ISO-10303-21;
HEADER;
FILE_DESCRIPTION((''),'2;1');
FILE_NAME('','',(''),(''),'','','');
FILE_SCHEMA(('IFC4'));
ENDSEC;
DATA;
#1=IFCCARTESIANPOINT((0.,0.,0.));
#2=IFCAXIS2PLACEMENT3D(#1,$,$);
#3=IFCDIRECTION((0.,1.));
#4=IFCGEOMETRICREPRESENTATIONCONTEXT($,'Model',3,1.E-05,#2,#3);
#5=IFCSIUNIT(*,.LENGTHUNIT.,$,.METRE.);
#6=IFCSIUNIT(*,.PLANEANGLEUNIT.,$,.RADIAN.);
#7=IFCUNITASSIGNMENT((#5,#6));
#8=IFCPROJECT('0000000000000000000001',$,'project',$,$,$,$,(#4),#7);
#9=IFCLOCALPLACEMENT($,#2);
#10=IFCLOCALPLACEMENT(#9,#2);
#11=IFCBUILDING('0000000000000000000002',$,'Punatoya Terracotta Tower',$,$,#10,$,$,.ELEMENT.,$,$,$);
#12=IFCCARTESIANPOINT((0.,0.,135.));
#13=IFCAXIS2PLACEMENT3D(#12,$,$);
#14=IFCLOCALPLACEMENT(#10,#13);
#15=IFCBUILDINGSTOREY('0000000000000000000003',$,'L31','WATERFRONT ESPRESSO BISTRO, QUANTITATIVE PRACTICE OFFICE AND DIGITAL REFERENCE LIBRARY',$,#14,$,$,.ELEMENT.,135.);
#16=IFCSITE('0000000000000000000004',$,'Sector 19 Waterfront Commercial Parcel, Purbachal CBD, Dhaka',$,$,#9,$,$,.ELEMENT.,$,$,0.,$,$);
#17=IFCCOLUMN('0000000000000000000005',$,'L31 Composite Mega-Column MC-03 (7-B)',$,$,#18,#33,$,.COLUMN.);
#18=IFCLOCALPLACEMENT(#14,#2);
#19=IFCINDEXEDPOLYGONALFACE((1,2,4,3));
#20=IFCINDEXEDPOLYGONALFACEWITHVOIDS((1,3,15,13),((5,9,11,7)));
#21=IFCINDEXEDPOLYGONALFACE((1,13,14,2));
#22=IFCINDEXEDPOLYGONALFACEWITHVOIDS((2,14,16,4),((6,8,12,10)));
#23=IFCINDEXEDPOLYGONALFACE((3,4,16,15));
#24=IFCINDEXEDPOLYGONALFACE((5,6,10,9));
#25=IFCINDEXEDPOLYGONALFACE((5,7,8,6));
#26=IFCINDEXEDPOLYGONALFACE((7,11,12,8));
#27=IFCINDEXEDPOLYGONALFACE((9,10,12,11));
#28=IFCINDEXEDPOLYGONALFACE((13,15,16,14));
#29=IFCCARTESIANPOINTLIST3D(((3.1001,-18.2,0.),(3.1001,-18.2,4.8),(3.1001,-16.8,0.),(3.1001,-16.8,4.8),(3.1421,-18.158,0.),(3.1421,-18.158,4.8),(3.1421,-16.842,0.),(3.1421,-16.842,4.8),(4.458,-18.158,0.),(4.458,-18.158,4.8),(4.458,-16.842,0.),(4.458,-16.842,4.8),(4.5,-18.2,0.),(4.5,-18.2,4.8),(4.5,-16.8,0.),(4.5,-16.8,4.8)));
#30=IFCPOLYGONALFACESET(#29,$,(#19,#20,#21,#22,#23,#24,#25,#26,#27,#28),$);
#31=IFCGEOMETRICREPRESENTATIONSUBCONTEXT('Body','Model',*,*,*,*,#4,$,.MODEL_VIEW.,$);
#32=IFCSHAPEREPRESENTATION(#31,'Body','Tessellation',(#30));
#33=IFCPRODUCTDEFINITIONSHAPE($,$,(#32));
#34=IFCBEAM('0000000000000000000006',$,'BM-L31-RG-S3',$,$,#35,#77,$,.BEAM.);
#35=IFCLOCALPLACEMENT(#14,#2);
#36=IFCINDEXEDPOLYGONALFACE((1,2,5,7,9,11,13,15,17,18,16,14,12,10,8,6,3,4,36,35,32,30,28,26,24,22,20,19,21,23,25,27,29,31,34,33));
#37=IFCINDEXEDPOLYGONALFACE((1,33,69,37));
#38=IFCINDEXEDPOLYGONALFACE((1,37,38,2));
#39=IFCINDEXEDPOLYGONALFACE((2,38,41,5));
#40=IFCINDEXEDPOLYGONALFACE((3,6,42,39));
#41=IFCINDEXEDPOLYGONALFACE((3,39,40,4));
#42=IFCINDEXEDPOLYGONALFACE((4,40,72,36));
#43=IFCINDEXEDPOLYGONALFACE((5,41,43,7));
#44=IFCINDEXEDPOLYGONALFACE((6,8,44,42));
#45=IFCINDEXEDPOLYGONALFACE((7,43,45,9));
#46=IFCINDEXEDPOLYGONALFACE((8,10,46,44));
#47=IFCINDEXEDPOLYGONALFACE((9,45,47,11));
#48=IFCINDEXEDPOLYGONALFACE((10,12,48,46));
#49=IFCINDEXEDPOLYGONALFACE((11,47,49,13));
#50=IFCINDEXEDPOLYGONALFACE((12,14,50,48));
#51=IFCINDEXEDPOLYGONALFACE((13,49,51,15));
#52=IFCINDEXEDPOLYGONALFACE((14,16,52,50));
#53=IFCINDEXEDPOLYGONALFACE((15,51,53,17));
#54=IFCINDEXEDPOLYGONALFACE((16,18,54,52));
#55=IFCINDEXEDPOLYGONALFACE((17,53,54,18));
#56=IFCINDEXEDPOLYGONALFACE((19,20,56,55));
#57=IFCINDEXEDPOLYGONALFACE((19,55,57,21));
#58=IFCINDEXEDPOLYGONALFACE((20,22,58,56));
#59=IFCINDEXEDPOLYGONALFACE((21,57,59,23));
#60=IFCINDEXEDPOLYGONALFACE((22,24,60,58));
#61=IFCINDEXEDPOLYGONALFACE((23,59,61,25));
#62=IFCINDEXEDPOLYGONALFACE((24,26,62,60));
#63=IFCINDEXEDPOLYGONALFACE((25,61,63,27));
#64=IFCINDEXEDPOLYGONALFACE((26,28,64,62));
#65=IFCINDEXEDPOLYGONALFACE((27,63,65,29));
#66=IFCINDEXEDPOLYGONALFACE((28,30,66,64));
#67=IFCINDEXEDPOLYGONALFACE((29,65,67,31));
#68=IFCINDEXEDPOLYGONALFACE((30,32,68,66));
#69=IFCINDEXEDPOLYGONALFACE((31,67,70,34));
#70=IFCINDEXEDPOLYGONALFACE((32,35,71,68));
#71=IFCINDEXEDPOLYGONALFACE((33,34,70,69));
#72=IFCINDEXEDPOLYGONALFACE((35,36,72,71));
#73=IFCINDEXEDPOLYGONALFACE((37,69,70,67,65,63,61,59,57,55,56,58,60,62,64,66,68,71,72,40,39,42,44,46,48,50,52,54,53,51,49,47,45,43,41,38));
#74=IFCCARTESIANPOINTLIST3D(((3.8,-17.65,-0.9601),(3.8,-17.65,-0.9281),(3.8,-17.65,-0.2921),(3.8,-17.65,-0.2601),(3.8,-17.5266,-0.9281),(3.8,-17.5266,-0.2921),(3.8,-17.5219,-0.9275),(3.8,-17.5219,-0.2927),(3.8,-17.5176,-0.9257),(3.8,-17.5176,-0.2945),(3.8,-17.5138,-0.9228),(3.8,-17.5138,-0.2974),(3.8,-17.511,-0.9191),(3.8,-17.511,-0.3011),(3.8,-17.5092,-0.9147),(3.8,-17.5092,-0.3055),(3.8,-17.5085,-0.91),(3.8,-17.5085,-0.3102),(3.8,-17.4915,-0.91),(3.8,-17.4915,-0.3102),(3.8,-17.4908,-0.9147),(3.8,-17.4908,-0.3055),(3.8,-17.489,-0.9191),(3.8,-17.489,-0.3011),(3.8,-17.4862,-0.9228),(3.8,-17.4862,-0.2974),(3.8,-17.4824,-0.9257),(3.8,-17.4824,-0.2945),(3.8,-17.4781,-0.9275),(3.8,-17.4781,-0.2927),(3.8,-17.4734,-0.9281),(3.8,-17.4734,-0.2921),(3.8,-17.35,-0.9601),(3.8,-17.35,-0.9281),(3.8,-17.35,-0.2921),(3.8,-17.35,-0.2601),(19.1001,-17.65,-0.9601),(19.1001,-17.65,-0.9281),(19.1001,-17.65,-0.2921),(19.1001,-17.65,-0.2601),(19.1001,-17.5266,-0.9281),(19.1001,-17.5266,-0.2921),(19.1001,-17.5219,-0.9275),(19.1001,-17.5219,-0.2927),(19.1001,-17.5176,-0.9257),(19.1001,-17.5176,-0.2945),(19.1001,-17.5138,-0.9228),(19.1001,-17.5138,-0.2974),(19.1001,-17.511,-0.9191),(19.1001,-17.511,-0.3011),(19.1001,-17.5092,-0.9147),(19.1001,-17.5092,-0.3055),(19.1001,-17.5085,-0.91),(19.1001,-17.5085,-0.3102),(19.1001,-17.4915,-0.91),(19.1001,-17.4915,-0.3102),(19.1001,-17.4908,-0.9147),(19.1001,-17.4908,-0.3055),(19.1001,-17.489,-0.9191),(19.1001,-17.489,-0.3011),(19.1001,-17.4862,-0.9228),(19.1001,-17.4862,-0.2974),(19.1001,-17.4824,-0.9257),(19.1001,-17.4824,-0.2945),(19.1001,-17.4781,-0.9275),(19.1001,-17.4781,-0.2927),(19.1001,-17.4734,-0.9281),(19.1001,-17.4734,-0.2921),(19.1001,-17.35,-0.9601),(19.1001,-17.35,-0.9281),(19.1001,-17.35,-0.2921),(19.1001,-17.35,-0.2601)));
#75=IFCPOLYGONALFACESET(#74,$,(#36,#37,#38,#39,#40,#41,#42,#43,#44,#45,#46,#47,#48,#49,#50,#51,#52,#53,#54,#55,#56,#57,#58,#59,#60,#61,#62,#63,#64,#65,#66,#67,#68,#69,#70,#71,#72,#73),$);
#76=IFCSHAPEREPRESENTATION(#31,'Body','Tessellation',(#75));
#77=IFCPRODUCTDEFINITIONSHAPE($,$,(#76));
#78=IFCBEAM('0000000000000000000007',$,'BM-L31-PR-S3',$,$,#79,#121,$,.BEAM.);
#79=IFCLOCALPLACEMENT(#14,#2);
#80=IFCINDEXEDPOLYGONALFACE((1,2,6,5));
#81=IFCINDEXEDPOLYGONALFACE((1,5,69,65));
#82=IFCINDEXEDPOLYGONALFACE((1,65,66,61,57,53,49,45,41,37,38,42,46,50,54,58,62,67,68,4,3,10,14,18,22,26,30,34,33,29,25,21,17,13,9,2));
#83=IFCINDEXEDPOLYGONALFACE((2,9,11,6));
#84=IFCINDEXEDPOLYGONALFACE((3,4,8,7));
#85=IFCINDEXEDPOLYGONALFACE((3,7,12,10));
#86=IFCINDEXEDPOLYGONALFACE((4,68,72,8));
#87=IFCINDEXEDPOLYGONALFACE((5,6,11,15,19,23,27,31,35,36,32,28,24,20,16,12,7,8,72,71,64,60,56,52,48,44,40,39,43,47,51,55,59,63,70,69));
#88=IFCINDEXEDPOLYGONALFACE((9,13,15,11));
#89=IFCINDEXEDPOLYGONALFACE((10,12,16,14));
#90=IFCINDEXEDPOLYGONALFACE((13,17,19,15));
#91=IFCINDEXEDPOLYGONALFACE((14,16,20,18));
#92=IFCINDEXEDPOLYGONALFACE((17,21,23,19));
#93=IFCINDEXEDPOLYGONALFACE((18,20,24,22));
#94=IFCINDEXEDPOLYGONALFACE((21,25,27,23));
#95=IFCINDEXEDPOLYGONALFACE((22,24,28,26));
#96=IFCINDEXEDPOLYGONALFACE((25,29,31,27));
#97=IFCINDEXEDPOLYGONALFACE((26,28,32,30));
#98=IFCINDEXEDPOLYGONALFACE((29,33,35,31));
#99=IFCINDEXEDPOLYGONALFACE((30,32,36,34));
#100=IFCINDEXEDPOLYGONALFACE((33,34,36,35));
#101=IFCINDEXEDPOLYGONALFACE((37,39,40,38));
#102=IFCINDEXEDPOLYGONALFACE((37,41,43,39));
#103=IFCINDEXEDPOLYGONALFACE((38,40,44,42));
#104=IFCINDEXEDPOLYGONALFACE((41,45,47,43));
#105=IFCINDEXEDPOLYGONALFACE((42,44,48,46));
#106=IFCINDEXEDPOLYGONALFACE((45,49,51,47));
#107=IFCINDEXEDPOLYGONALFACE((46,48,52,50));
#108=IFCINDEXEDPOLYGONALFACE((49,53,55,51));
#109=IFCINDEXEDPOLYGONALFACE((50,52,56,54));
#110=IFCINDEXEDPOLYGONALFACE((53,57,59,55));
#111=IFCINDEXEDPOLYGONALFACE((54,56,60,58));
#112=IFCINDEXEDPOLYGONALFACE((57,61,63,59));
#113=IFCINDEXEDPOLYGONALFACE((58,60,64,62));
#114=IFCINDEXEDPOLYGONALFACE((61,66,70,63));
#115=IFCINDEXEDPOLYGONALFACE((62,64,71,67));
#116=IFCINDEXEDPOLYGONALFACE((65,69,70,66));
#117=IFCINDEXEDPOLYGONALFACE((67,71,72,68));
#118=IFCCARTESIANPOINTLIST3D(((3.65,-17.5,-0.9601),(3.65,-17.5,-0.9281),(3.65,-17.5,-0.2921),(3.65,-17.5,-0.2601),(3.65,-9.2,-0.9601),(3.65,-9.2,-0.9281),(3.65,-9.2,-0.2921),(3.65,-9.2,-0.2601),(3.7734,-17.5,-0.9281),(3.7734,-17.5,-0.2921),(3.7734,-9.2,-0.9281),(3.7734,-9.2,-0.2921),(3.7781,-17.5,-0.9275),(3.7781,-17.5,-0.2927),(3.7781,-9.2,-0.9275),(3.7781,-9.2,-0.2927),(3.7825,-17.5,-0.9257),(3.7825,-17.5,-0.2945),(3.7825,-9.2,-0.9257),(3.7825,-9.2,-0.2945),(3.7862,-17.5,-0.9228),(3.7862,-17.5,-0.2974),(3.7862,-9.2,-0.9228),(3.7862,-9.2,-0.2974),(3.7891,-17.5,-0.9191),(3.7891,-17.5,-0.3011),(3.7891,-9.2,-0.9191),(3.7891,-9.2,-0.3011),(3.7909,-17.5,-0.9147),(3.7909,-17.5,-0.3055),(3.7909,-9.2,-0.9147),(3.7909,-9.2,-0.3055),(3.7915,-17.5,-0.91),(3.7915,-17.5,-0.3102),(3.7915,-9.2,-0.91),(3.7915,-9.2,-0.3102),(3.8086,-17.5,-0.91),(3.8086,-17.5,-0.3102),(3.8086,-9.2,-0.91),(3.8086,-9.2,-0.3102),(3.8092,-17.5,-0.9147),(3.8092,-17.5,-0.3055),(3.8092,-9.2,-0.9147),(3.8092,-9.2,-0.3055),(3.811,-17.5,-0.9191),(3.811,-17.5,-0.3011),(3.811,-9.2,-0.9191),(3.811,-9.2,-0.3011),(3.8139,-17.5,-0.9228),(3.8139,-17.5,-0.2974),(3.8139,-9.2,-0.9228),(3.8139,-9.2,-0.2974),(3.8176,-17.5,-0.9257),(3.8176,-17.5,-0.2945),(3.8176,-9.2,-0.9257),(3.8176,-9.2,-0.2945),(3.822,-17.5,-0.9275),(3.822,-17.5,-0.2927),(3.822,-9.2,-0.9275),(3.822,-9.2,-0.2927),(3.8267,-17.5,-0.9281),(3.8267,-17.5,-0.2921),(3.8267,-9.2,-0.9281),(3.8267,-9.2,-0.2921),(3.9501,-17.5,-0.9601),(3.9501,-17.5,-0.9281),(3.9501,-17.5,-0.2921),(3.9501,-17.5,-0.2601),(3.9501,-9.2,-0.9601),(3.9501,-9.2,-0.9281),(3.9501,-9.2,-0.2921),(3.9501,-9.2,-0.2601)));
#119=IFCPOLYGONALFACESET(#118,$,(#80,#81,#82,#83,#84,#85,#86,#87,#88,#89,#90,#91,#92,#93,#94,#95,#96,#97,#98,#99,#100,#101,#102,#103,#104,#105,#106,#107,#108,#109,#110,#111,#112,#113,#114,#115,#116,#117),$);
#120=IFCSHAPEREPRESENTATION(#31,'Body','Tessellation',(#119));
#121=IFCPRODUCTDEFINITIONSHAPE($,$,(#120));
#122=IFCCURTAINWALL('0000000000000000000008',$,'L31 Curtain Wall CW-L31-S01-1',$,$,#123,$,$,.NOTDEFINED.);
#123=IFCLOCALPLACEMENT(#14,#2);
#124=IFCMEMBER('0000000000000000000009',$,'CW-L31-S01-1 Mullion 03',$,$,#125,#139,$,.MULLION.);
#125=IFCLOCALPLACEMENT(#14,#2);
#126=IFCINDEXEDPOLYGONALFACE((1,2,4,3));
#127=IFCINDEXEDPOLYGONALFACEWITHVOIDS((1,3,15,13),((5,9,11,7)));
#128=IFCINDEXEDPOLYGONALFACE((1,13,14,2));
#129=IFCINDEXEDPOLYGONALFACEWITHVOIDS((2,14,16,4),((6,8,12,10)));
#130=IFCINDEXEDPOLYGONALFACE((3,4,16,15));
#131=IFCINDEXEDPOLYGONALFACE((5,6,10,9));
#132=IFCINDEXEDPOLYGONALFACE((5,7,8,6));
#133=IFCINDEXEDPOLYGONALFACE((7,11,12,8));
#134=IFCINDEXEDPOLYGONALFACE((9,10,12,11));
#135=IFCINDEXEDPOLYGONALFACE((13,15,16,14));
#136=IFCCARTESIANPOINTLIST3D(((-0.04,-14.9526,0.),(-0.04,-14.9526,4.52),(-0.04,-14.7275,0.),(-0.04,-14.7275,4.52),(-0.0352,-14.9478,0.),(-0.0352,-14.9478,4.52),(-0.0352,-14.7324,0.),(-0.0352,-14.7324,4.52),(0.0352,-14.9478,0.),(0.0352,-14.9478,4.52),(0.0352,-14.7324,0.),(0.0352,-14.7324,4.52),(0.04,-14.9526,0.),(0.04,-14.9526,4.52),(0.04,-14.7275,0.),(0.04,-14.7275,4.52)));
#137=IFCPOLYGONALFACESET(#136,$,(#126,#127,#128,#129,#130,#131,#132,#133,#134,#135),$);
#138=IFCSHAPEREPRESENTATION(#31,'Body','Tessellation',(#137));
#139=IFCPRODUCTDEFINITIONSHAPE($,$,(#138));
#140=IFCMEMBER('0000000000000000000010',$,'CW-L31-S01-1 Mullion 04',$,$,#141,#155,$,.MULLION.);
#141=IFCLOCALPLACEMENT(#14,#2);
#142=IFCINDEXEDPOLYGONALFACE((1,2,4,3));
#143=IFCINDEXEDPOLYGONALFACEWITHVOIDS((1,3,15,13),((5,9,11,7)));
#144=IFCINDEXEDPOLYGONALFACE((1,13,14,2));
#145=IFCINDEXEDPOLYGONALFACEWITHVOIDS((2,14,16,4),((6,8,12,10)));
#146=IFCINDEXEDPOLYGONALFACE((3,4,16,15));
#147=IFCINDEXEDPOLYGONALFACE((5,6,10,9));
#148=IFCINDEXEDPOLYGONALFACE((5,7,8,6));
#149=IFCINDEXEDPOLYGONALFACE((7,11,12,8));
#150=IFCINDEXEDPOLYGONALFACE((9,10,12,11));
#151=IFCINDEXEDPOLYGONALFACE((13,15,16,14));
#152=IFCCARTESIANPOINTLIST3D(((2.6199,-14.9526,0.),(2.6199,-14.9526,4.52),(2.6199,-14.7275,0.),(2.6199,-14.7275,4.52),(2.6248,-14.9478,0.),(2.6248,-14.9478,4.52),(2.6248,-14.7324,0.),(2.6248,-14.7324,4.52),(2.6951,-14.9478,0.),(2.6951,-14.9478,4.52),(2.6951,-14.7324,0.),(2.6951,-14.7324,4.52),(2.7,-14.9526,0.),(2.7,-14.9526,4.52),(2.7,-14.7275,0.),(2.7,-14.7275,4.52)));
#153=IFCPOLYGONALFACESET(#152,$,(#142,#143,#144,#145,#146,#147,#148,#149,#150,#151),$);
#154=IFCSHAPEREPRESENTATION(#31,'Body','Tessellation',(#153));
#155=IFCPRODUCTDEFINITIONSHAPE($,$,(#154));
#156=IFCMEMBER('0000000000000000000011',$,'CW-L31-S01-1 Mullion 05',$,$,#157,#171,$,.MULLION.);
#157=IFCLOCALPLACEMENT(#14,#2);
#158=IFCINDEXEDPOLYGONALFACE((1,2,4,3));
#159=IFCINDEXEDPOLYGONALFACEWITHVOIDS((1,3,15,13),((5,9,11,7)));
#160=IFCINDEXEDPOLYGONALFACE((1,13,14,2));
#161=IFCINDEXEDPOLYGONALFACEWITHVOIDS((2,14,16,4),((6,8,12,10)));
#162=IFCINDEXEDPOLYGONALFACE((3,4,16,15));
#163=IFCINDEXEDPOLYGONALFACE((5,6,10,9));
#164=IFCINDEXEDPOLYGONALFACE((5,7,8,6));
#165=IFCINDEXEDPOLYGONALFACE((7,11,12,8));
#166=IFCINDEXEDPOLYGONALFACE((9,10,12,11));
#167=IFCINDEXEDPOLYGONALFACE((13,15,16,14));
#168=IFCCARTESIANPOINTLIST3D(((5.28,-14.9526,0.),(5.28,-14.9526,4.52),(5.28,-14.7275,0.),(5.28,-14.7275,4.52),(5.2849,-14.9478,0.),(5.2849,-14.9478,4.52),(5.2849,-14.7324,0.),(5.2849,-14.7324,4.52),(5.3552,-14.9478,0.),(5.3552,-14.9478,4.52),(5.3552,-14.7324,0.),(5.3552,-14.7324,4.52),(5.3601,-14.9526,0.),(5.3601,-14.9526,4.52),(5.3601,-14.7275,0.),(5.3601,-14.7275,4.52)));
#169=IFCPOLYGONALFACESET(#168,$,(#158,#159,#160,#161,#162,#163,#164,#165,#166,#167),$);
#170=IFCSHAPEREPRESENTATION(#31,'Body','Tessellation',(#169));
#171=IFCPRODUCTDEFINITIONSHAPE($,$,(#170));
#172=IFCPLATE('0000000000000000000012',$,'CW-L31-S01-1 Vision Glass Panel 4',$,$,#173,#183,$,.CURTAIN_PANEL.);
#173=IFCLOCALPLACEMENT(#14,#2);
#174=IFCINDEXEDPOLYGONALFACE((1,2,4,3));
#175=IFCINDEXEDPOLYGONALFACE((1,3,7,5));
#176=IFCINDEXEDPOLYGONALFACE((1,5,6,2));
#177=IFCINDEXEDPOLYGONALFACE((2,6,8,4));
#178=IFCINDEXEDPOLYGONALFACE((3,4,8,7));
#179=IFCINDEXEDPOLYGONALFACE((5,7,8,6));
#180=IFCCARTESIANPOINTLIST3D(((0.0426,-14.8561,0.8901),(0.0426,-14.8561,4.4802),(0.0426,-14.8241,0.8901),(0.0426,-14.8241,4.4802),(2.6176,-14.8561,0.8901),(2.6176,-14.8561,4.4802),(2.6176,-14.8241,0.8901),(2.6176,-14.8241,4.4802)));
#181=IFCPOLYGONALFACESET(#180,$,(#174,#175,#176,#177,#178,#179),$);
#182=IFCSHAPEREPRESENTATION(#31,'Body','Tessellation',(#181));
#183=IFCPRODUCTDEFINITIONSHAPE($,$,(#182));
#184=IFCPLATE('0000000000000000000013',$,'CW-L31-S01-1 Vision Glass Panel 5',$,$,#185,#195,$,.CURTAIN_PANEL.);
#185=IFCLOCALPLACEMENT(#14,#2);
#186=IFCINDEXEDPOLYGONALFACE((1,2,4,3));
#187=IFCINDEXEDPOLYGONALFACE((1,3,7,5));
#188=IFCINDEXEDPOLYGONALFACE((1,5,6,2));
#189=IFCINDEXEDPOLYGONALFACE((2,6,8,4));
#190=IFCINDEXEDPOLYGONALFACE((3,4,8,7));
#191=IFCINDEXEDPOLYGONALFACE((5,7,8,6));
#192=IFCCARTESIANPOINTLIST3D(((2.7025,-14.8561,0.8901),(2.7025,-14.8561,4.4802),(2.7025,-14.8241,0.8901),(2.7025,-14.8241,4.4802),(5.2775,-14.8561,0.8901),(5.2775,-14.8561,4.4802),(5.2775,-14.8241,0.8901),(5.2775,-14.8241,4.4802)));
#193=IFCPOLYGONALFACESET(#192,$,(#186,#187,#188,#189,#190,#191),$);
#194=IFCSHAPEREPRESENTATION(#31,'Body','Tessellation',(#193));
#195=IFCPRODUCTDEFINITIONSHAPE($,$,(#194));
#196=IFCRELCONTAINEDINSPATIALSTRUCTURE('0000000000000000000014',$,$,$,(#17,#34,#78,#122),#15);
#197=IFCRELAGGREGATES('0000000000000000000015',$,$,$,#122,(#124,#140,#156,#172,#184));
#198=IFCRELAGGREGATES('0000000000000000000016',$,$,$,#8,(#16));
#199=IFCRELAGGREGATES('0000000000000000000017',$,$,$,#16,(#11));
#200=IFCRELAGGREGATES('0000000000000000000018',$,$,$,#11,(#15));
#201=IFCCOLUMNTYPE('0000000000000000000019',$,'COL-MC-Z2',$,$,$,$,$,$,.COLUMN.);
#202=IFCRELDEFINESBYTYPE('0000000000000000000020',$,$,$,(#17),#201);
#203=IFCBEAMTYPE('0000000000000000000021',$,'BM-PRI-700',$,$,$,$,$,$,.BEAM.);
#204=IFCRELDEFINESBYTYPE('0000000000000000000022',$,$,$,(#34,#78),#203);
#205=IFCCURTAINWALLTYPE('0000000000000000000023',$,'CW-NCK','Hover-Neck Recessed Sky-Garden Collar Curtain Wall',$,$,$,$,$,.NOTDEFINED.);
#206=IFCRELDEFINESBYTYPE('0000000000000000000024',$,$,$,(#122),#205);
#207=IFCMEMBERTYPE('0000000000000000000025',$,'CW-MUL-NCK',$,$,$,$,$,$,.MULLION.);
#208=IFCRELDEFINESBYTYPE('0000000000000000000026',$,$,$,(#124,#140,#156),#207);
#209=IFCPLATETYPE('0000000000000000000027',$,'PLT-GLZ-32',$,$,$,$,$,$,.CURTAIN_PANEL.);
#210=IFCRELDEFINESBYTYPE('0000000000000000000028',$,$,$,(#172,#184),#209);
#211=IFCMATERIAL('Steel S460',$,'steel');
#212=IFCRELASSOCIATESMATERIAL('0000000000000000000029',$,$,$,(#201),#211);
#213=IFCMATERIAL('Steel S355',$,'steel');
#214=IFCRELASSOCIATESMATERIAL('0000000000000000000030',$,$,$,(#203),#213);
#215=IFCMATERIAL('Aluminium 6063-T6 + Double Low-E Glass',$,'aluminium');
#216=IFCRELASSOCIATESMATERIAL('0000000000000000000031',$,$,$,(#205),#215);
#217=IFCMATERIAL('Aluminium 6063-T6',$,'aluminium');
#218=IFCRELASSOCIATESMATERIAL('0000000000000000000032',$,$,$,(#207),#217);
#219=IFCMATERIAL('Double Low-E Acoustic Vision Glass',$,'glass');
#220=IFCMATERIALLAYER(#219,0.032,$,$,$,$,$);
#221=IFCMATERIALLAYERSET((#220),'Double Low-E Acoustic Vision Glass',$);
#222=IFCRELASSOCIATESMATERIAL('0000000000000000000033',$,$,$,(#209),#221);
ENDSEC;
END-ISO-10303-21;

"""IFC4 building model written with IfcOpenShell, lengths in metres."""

from ifc_helpers import new_model, si_unit, direction, frame, origin, origin_2d, place, context, subcontext, project, spatial, rectangle, hollow_rectangle, i_section, extrude, material, layer, layer_set, material_profile, profile_set, type_object, element, aggregate, save


model = new_model("IFC4")

# Units and contexts
model_context = context("Model", 3, precision=1e-05, world=origin(), true_north=direction((0.0, 1.0)))
body_context = subcontext(model_context, "Body", "Model", "MODEL_VIEW")
ifc_project = project(units=[si_unit("LENGTHUNIT", "METRE"), si_unit("PLANEANGLEUNIT", "RADIAN")], contexts=[model_context])

# Site, building, storey
site_placement = place(None, origin())
site = spatial("IfcSite", under=ifc_project, at=site_placement, Name="Sector 19 Waterfront Commercial Parcel, Purbachal CBD, Dhaka", CompositionType="ELEMENT", RefElevation=0.0)
building_placement = place(site_placement, origin())
building = spatial("IfcBuilding", under=site, at=building_placement, Name="Punatoya Terracotta Tower", CompositionType="ELEMENT")
storey_placement = place(building_placement, frame((0.0, 0.0, 135.0)))
storey = spatial("IfcBuildingStorey", under=building, at=storey_placement, Name="L31", Description="WATERFRONT ESPRESSO BISTRO, QUANTITATIVE PRACTICE OFFICE AND DIGITAL REFERENCE LIBRARY", CompositionType="ELEMENT", Elevation=135.0)

# Column
ifc_material_1 = material(Name="Steel S460", Category="steel")
ifc_material_profile_1 = material_profile(ifc_material_1, hollow_rectangle(XDim=1.3999, YDim=1.3999, WallThickness=0.042, at=origin_2d()))
ifc_profile_set_1 = profile_set([ifc_material_profile_1], Name="Steel S460")
column_type = type_object("IfcColumnType", Name="COL-MC-Z2", PredefinedType="COLUMN", material=ifc_profile_set_1)
column_placement = place(storey_placement, frame((3.8, -17.5, 0.0), z_axis=(0.0, 0.0, 1.0), x_axis=(1.0, 0.0, 0.0)))
element("IfcColumn", 1, at=column_placement, inside=storey, type_object=column_type, Name="L31 Composite Mega-Column MC-03 (7-B)", PredefinedType="COLUMN", context=body_context, shape_type="SweptSolid", body=[
    extrude(hollow_rectangle(XDim=1.3999, YDim=1.3999, WallThickness=0.042, at=origin_2d()), origin(), (0.0, 0.0, 1.0), 4.8),
])

# Beams
ifc_material_2 = material(Name="Steel S355", Category="steel")
ifc_material_profile_2 = material_profile(ifc_material_2, i_section(OverallWidth=0.3, OverallDepth=0.7, WebThickness=0.0171, FlangeThickness=0.032, FilletRadius=0.0181, at=origin_2d()))
ifc_profile_set_2 = profile_set([ifc_material_profile_2], Name="Steel S355")
beam_type = type_object("IfcBeamType", Name="BM-PRI-700", PredefinedType="BEAM", material=ifc_profile_set_2)
beam_1_placement = place(storey_placement, frame((3.8, -17.5, -0.6101), z_axis=(1.0, 0.0, 0.0), x_axis=(0.0, 1.0, 0.0)))
element("IfcBeam", 2, at=beam_1_placement, inside=storey, type_object=beam_type, Name="BM-L31-RG-S3", PredefinedType="BEAM", context=body_context, shape_type="SweptSolid", body=[
    extrude(i_section(OverallWidth=0.3, OverallDepth=0.7, WebThickness=0.0171, FlangeThickness=0.032, FilletRadius=0.0181, at=origin_2d()), origin(), (0.0, 0.0, 1.0), 15.3),
])
beam_2_placement = place(storey_placement, frame((3.8, -17.5, -0.6101), z_axis=(0.0, 1.0, 0.0), x_axis=(-1.0, 0.0, 0.0)))
element("IfcBeam", 3, at=beam_2_placement, inside=storey, type_object=beam_type, Name="BM-L31-PR-S3", PredefinedType="BEAM", context=body_context, shape_type="SweptSolid", body=[
    extrude(i_section(OverallWidth=0.3, OverallDepth=0.7, WebThickness=0.0171, FlangeThickness=0.032, FilletRadius=0.0181, at=origin_2d()), origin(), (0.0, 0.0, 1.0), 8.3),
])

# Curtain wall, members, plates
ifc_material_3 = material(Name="Aluminium 6063-T6 + Double Low-E Glass", Category="aluminium")
curtain_wall_type = type_object("IfcCurtainWallType", Name="CW-NCK", Description="Hover-Neck Recessed Sky-Garden Collar Curtain Wall", PredefinedType="NOTDEFINED", material=ifc_material_3)
curtain_wall_placement = place(storey_placement, origin())
curtain_wall = element("IfcCurtainWall", 4, at=curtain_wall_placement, inside=storey, type_object=curtain_wall_type, Name="L31 Curtain Wall CW-L31-S01-1", PredefinedType="NOTDEFINED")
ifc_material_4 = material(Name="Aluminium 6063-T6", Category="aluminium")
ifc_material_profile_3 = material_profile(ifc_material_4, hollow_rectangle(XDim=0.0801, YDim=0.2251, WallThickness=0.0049, at=origin_2d()))
ifc_profile_set_3 = profile_set([ifc_material_profile_3], Name="Aluminium 6063-T6")
member_type = type_object("IfcMemberType", Name="CW-MUL-NCK", PredefinedType="MULLION", material=ifc_profile_set_3)
member_1_placement = place(storey_placement, frame((0.0, -14.8401, 0.0), z_axis=(0.0, 0.0, 1.0), x_axis=(1.0, 0.0, 0.0)))
member_1 = element("IfcMember", 5, at=member_1_placement, type_object=member_type, Name="CW-L31-S01-1 Mullion 03", PredefinedType="MULLION", context=body_context, shape_type="SweptSolid", body=[
    extrude(hollow_rectangle(XDim=0.0801, YDim=0.2251, WallThickness=0.0049, at=origin_2d()), origin(), (0.0, 0.0, 1.0), 4.52),
])
member_2_placement = place(storey_placement, frame((2.6599, -14.8401, 0.0), z_axis=(0.0, 0.0, 1.0), x_axis=(1.0, 0.0, 0.0)))
member_2 = element("IfcMember", 6, at=member_2_placement, type_object=member_type, Name="CW-L31-S01-1 Mullion 04", PredefinedType="MULLION", context=body_context, shape_type="SweptSolid", body=[
    extrude(hollow_rectangle(XDim=0.0801, YDim=0.2251, WallThickness=0.0049, at=origin_2d()), origin(), (0.0, 0.0, 1.0), 4.52),
])
member_3_placement = place(storey_placement, frame((5.3201, -14.8401, 0.0), z_axis=(0.0, 0.0, 1.0), x_axis=(1.0, 0.0, 0.0)))
member_3 = element("IfcMember", 7, at=member_3_placement, type_object=member_type, Name="CW-L31-S01-1 Mullion 05", PredefinedType="MULLION", context=body_context, shape_type="SweptSolid", body=[
    extrude(hollow_rectangle(XDim=0.0801, YDim=0.2251, WallThickness=0.0049, at=origin_2d()), origin(), (0.0, 0.0, 1.0), 4.52),
])
ifc_material_5 = material(Name="Double Low-E Acoustic Vision Glass", Category="glass")
ifc_layer_1 = layer(ifc_material_5, 0.032)
ifc_layer_set_1 = layer_set([ifc_layer_1], Name="Double Low-E Acoustic Vision Glass")
plate_type_1 = type_object("IfcPlateType", Name="PLT-GLZ-32", PredefinedType="CURTAIN_PANEL", material=ifc_layer_set_1)
plate_1_placement = place(storey_placement, frame((1.3301, -14.8401, 0.8901), z_axis=(0.0, 0.0, 1.0), x_axis=(1.0, 0.0, 0.0)))
plate_1 = element("IfcPlate", 8, at=plate_1_placement, type_object=plate_type_1, Name="CW-L31-S01-1 Vision Glass Panel 4", PredefinedType="CURTAIN_PANEL", context=body_context, shape_type="SweptSolid", body=[
    extrude(rectangle(XDim=2.575, YDim=0.032, at=origin_2d()), origin(), (0.0, 0.0, 1.0), 3.5901),
])
plate_2_placement = place(storey_placement, frame((3.99, -14.8401, 0.8901), z_axis=(0.0, 0.0, 1.0), x_axis=(1.0, 0.0, 0.0)))
plate_2 = element("IfcPlate", 9, at=plate_2_placement, type_object=plate_type_1, Name="CW-L31-S01-1 Vision Glass Panel 5", PredefinedType="CURTAIN_PANEL", context=body_context, shape_type="SweptSolid", body=[
    extrude(rectangle(XDim=2.575, YDim=0.032, at=origin_2d()), origin(), (0.0, 0.0, 1.0), 3.5901),
])
aggregate(curtain_wall, [member_1, member_2, member_3, plate_1, plate_2])

save(model, "model.ifc")
